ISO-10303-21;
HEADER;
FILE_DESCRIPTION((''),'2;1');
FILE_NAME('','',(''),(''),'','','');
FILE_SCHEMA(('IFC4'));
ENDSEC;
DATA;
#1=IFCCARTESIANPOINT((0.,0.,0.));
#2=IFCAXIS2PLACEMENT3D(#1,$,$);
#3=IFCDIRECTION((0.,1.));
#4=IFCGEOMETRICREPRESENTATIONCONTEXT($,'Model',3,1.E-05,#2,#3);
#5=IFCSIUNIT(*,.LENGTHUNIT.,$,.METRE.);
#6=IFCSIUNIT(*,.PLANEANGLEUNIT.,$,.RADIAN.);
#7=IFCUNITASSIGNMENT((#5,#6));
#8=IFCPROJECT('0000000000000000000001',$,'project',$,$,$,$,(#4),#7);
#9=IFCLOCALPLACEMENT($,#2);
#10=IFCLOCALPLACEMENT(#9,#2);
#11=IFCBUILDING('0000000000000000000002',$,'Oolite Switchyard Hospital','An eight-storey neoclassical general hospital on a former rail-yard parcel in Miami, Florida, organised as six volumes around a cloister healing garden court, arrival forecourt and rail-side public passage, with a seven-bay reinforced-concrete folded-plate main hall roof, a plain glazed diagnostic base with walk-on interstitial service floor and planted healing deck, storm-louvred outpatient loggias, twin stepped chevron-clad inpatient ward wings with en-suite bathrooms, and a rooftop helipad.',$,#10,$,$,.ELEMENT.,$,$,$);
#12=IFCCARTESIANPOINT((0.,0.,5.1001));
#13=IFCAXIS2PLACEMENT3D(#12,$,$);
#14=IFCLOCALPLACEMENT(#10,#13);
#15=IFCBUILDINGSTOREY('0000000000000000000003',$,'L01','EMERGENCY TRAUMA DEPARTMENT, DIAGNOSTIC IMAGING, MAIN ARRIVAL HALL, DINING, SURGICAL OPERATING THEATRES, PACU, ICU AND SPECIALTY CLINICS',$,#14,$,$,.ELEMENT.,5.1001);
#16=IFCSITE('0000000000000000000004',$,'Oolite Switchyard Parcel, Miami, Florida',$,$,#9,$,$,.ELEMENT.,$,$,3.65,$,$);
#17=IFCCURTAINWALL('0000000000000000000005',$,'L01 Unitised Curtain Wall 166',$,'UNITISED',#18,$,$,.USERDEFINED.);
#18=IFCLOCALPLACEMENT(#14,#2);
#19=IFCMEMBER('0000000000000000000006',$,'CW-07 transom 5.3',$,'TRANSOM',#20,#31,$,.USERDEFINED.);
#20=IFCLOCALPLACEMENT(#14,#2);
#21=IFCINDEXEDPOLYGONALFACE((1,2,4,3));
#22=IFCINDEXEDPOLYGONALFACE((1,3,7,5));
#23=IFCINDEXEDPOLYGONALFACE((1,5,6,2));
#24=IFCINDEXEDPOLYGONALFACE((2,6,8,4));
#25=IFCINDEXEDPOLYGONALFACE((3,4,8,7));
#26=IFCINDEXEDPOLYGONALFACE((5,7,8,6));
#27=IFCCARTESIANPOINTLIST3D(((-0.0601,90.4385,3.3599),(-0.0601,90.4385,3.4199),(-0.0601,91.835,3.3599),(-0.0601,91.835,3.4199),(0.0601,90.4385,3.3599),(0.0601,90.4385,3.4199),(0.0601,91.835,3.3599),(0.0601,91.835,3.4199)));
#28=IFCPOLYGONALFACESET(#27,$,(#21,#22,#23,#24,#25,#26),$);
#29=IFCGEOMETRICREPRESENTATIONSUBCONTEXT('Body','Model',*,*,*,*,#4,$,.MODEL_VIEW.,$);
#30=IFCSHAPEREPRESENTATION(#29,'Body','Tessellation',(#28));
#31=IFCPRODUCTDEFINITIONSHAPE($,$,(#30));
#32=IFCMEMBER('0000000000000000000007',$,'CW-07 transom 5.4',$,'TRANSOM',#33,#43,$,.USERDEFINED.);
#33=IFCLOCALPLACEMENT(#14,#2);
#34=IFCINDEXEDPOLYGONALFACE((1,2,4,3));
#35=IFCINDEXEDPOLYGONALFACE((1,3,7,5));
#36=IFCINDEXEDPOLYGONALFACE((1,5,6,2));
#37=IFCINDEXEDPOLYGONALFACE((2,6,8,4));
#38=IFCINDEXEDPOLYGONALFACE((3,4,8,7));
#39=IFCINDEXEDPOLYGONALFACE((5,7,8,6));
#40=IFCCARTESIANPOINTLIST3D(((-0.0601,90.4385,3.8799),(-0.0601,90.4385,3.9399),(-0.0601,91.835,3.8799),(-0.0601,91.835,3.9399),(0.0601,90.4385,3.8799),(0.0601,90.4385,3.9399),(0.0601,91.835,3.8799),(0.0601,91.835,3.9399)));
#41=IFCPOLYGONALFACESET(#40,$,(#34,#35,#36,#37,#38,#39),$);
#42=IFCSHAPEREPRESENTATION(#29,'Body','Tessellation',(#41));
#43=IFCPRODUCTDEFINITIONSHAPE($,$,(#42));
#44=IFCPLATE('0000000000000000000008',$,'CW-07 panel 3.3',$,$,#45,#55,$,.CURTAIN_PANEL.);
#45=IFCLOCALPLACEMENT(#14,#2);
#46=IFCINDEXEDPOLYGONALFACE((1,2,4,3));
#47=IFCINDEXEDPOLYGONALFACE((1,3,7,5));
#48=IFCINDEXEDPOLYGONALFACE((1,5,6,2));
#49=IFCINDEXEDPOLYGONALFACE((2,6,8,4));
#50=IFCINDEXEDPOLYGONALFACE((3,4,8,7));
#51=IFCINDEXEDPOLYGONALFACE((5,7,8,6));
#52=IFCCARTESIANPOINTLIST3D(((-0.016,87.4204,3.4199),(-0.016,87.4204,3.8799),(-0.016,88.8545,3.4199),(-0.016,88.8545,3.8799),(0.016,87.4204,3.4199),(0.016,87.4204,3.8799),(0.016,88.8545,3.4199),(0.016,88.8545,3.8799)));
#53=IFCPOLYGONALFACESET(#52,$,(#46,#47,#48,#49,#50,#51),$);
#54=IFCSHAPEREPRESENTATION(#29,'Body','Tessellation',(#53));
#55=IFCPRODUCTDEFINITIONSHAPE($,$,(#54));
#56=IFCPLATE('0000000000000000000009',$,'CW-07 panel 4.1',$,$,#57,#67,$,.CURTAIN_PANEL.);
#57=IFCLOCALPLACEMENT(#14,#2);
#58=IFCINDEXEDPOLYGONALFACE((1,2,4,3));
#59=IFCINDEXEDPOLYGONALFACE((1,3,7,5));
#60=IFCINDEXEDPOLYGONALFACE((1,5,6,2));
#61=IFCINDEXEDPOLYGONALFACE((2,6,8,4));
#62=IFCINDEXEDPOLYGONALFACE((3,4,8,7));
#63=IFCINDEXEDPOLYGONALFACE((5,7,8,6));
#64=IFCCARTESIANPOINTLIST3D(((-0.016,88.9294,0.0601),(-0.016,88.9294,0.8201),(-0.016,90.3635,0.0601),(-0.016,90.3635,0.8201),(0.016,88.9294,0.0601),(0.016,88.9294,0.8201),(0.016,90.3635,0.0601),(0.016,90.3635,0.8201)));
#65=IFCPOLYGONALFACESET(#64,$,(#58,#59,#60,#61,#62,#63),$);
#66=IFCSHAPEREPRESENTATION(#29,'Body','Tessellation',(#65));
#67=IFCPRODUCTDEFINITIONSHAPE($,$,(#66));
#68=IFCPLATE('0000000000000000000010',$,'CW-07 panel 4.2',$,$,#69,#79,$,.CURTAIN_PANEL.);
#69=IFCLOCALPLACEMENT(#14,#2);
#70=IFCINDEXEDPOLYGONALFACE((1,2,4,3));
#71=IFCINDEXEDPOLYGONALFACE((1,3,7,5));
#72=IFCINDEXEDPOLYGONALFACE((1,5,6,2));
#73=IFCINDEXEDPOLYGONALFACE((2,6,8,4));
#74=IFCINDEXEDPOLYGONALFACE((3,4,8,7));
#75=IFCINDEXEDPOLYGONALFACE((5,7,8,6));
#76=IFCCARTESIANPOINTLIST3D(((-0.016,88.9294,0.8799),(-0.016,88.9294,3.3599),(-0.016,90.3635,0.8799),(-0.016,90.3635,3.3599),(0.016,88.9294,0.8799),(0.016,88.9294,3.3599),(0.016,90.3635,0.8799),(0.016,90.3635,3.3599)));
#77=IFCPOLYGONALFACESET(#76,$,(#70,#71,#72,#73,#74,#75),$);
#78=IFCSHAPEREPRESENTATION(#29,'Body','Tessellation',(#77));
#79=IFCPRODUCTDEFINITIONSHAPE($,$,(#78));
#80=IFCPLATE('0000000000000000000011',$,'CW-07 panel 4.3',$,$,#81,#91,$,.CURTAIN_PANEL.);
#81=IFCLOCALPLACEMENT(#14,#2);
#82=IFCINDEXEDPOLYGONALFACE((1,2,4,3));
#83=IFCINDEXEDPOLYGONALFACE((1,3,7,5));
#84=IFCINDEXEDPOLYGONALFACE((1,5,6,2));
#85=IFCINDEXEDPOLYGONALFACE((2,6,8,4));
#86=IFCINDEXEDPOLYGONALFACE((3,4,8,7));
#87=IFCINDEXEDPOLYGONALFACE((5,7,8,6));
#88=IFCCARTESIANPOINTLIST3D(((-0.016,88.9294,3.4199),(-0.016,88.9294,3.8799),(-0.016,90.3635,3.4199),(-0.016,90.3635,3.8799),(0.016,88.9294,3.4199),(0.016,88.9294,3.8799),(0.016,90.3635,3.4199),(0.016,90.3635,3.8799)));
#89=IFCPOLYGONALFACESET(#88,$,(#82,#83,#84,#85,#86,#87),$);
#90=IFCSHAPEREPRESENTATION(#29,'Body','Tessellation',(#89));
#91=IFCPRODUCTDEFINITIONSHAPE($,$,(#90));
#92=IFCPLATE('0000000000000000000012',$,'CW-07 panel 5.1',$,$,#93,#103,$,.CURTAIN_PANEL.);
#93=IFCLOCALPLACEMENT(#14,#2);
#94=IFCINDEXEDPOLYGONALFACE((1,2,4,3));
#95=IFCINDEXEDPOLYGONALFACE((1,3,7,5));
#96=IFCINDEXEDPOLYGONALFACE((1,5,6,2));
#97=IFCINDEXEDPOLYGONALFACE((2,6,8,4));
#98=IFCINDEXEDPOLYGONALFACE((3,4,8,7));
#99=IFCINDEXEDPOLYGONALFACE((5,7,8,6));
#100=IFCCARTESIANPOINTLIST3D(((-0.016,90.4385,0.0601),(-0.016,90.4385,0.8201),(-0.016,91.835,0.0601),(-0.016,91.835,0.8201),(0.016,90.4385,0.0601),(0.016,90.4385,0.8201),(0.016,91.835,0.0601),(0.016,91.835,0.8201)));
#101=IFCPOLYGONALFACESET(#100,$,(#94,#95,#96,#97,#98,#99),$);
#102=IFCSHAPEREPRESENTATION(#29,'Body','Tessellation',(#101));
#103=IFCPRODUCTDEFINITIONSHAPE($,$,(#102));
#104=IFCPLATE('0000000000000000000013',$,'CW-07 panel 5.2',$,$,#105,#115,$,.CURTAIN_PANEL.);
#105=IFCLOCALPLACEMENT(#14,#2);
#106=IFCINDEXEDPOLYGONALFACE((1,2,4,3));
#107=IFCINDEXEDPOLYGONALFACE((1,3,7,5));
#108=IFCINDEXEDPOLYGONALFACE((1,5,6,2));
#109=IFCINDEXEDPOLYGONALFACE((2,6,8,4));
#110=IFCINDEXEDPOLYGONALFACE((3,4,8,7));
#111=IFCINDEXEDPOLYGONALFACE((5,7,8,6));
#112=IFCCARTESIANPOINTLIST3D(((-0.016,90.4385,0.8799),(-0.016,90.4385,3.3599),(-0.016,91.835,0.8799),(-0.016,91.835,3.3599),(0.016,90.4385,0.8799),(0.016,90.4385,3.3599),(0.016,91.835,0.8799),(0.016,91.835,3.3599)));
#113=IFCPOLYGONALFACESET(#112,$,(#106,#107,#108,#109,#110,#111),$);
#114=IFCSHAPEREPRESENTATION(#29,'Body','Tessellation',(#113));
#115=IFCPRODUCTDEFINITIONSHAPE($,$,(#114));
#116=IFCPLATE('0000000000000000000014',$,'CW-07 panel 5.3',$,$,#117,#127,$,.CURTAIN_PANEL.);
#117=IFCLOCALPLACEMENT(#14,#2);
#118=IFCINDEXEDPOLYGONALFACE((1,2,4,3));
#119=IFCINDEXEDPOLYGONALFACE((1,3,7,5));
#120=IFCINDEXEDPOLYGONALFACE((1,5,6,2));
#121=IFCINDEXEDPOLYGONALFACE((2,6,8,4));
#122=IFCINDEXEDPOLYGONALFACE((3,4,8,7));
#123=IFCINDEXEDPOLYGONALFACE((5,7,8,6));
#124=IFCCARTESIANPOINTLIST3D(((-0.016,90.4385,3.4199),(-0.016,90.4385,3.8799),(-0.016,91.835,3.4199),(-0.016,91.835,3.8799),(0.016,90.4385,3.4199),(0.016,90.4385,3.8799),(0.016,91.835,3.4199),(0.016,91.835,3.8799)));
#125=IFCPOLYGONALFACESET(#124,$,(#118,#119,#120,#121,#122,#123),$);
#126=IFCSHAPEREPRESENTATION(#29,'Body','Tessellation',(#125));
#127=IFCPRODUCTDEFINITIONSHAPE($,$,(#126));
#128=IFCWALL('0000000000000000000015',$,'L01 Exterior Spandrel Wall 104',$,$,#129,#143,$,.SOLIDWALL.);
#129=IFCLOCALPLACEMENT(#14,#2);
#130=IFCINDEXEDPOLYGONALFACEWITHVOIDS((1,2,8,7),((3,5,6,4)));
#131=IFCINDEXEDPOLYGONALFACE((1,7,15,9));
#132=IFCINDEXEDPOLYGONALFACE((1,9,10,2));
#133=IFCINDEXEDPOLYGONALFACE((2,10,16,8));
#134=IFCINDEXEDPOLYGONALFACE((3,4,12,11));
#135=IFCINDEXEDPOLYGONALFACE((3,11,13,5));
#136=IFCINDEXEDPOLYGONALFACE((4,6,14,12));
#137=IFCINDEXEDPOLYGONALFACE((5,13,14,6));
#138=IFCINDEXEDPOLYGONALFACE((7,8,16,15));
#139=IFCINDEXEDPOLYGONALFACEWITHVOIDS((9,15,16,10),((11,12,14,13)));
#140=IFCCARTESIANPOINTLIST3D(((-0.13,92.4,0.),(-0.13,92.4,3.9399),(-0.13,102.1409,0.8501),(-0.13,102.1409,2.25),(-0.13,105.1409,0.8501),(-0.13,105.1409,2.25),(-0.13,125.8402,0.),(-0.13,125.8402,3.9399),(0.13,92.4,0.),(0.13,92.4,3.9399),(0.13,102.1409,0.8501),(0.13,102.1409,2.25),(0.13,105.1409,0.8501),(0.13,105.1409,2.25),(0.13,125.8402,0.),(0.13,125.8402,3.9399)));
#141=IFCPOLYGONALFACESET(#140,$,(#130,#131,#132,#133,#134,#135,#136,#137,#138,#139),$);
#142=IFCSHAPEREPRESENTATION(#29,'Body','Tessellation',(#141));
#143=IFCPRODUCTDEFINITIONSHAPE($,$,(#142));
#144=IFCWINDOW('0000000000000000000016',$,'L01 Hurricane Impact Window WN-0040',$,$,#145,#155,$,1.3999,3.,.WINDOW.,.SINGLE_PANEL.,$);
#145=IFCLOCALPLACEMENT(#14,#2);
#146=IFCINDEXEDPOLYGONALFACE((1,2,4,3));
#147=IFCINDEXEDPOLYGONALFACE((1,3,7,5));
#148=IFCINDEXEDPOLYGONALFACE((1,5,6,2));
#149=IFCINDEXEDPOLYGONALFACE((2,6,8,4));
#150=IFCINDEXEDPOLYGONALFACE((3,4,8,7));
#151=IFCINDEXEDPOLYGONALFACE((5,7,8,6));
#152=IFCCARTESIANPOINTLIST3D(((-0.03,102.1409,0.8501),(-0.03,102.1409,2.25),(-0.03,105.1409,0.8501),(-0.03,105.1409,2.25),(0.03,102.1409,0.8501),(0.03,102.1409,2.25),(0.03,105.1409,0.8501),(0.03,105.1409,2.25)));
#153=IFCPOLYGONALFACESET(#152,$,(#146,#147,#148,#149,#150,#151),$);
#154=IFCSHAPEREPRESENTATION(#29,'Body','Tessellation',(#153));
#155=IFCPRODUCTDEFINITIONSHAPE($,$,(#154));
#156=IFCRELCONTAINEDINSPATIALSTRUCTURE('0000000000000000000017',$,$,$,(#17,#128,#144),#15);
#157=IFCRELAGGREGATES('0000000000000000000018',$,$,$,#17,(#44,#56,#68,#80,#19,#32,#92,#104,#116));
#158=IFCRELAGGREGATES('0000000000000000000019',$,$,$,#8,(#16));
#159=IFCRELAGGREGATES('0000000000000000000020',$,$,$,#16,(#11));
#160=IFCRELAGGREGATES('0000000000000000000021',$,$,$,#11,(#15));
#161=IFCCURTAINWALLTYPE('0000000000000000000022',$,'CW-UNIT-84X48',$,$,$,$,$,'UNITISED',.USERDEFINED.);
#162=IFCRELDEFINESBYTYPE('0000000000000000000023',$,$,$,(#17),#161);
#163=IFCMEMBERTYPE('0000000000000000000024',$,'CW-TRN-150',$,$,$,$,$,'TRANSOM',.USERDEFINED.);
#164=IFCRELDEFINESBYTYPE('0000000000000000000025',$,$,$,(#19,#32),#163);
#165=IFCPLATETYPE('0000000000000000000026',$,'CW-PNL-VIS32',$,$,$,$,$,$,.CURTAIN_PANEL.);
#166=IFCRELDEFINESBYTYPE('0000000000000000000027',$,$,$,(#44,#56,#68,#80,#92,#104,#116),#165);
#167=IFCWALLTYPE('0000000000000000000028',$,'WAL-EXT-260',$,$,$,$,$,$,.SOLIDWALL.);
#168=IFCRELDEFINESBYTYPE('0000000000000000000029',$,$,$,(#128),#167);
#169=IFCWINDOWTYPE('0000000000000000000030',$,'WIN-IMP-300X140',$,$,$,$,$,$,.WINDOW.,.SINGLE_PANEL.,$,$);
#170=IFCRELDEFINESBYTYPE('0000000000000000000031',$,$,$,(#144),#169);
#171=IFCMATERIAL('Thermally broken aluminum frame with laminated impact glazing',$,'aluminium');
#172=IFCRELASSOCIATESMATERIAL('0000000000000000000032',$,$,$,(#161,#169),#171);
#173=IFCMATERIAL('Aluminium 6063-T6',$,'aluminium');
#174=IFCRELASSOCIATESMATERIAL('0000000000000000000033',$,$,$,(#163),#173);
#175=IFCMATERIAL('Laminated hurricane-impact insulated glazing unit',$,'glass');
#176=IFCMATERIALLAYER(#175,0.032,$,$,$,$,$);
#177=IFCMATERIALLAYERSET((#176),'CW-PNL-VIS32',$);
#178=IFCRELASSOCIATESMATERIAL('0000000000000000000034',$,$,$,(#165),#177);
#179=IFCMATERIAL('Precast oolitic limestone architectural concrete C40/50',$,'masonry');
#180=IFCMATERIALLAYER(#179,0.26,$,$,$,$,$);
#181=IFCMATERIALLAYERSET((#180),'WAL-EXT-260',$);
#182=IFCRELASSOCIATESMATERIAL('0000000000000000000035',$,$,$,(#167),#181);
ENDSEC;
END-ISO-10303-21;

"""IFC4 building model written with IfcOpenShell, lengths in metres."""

from ifc_helpers import new_model, si_unit, direction, frame, frame_2d, origin, origin_2d, place, context, subcontext, project, spatial, rectangle, extrude, material, layer, layer_set, material_profile, profile_set, type_object, element, fill, aggregate, save


model = new_model("IFC4")

# Units and contexts
model_context = context("Model", 3, precision=1e-05, world=origin(), true_north=direction((0.0, 1.0)))
body_context = subcontext(model_context, "Body", "Model", "MODEL_VIEW")
ifc_project = project(units=[si_unit("LENGTHUNIT", "METRE"), si_unit("PLANEANGLEUNIT", "RADIAN")], contexts=[model_context])

# Site, building, storey
site_placement = place(None, origin())
site = spatial("IfcSite", under=ifc_project, at=site_placement, Name="Oolite Switchyard Parcel, Miami, Florida", CompositionType="ELEMENT", RefElevation=3.65)
building_placement = place(site_placement, origin())
building = spatial("IfcBuilding", under=site, at=building_placement, Name="Oolite Switchyard Hospital", Description="An eight-storey neoclassical general hospital on a former rail-yard parcel in Miami, Florida, organised as six volumes around a cloister healing garden court, arrival forecourt and rail-side public passage, with a seven-bay reinforced-concrete folded-plate main hall roof, a plain glazed diagnostic base with walk-on interstitial service floor and planted healing deck, storm-louvred outpatient loggias, twin stepped chevron-clad inpatient ward wings with en-suite bathrooms, and a rooftop helipad.", CompositionType="ELEMENT")
storey_placement = place(building_placement, frame((0.0, 0.0, 5.1001)))
storey = spatial("IfcBuildingStorey", under=building, at=storey_placement, Name="L01", Description="EMERGENCY TRAUMA DEPARTMENT, DIAGNOSTIC IMAGING, MAIN ARRIVAL HALL, DINING, SURGICAL OPERATING THEATRES, PACU, ICU AND SPECIALTY CLINICS", CompositionType="ELEMENT", Elevation=5.1001)

# Curtain wall, members, plates
ifc_material_1 = material(Name="Thermally broken aluminum frame with laminated impact glazing", Category="aluminium")
curtain_wall_type = type_object("IfcCurtainWallType", Name="CW-UNIT-84X48", ElementType="UNITISED", PredefinedType="USERDEFINED", material=ifc_material_1)
curtain_wall_placement = place(storey_placement, origin())
curtain_wall = element("IfcCurtainWall", 1, at=curtain_wall_placement, inside=storey, type_object=curtain_wall_type, Name="L01 Unitised Curtain Wall 166", ObjectType="UNITISED", PredefinedType="USERDEFINED")
ifc_material_2 = material(Name="Aluminium 6063-T6", Category="aluminium")
ifc_material_profile_1 = material_profile(ifc_material_2, rectangle(XDim=0.1201, YDim=0.0601, at=origin_2d()), Name="CWT60X120")
ifc_profile_set_1 = profile_set([ifc_material_profile_1], Name="Aluminium 6063-T6")
member_type_1 = type_object("IfcMemberType", Name="CW-TRN-150", ElementType="TRANSOM", PredefinedType="USERDEFINED", material=ifc_profile_set_1)
member_1_placement = place(storey_placement, frame((0.0, 90.4385, 3.3899), z_axis=(0.0, 1.0, 0.0), x_axis=(-1.0, 0.0, 0.0)))
member_1 = element("IfcMember", 2, at=member_1_placement, type_object=member_type_1, Name="CW-07 transom 5.3", ObjectType="TRANSOM", PredefinedType="USERDEFINED", context=body_context, shape_type="SweptSolid", body=[
    extrude(rectangle(XDim=0.1201, YDim=0.0601, at=origin_2d()), origin(), (0.0, 0.0, 1.0), 1.3965),
])
member_2_placement = place(storey_placement, frame((0.0, 90.4385, 3.9099), z_axis=(0.0, 1.0, 0.0), x_axis=(-1.0, 0.0, 0.0)))
member_2 = element("IfcMember", 3, at=member_2_placement, type_object=member_type_1, Name="CW-07 transom 5.4", ObjectType="TRANSOM", PredefinedType="USERDEFINED", context=body_context, shape_type="SweptSolid", body=[
    extrude(rectangle(XDim=0.1201, YDim=0.0601, at=origin_2d()), origin(), (0.0, 0.0, 1.0), 1.3965),
])
ifc_material_3 = material(Name="Laminated hurricane-impact insulated glazing unit", Category="glass")
ifc_layer_1 = layer(ifc_material_3, 0.032)
ifc_layer_set_1 = layer_set([ifc_layer_1], Name="CW-PNL-VIS32")
plate_type = type_object("IfcPlateType", Name="CW-PNL-VIS32", PredefinedType="CURTAIN_PANEL", material=ifc_layer_set_1)
plate_1_placement = place(storey_placement, frame((0.0, 88.1375, 3.4199), z_axis=(0.0, 0.0, 1.0), x_axis=(0.0, 1.0, 0.0)))
plate_1 = element("IfcPlate", 4, at=plate_1_placement, type_object=plate_type, Name="CW-07 panel 3.3", PredefinedType="CURTAIN_PANEL", context=body_context, shape_type="SweptSolid", body=[
    extrude(rectangle(XDim=1.4341, YDim=0.032, at=origin_2d()), origin(), (0.0, 0.0, 1.0), 0.46),
])
plate_2_placement = place(storey_placement, frame((0.0, 89.6465, 0.0601), z_axis=(0.0, 0.0, 1.0), x_axis=(0.0, 1.0, 0.0)))
plate_2 = element("IfcPlate", 5, at=plate_2_placement, type_object=plate_type, Name="CW-07 panel 4.1", PredefinedType="CURTAIN_PANEL", context=body_context, shape_type="SweptSolid", body=[
    extrude(rectangle(XDim=1.4341, YDim=0.032, at=origin_2d()), origin(), (0.0, 0.0, 1.0), 0.76),
])
plate_3_placement = place(storey_placement, frame((0.0, 89.6465, 0.8799), z_axis=(0.0, 0.0, 1.0), x_axis=(0.0, 1.0, 0.0)))
plate_3 = element("IfcPlate", 6, at=plate_3_placement, type_object=plate_type, Name="CW-07 panel 4.2", PredefinedType="CURTAIN_PANEL", context=body_context, shape_type="SweptSolid", body=[
    extrude(rectangle(XDim=1.4341, YDim=0.032, at=origin_2d()), origin(), (0.0, 0.0, 1.0), 2.48),
])
plate_4_placement = place(storey_placement, frame((0.0, 89.6465, 3.4199), z_axis=(0.0, 0.0, 1.0), x_axis=(0.0, 1.0, 0.0)))
plate_4 = element("IfcPlate", 7, at=plate_4_placement, type_object=plate_type, Name="CW-07 panel 4.3", PredefinedType="CURTAIN_PANEL", context=body_context, shape_type="SweptSolid", body=[
    extrude(rectangle(XDim=1.4341, YDim=0.032, at=origin_2d()), origin(), (0.0, 0.0, 1.0), 0.46),
])
plate_5_placement = place(storey_placement, frame((0.0, 91.1367, 0.0601), z_axis=(0.0, 0.0, 1.0), x_axis=(0.0, 1.0, 0.0)))
plate_5 = element("IfcPlate", 8, at=plate_5_placement, type_object=plate_type, Name="CW-07 panel 5.1", PredefinedType="CURTAIN_PANEL", context=body_context, shape_type="SweptSolid", body=[
    extrude(rectangle(XDim=1.3965, YDim=0.032, at=origin_2d()), origin(), (0.0, 0.0, 1.0), 0.76),
])
plate_6_placement = place(storey_placement, frame((0.0, 91.1367, 0.8799), z_axis=(0.0, 0.0, 1.0), x_axis=(0.0, 1.0, 0.0)))
plate_6 = element("IfcPlate", 9, at=plate_6_placement, type_object=plate_type, Name="CW-07 panel 5.2", PredefinedType="CURTAIN_PANEL", context=body_context, shape_type="SweptSolid", body=[
    extrude(rectangle(XDim=1.3965, YDim=0.032, at=origin_2d()), origin(), (0.0, 0.0, 1.0), 2.48),
])
plate_7_placement = place(storey_placement, frame((0.0, 91.1367, 3.4199), z_axis=(0.0, 0.0, 1.0), x_axis=(0.0, 1.0, 0.0)))
plate_7 = element("IfcPlate", 10, at=plate_7_placement, type_object=plate_type, Name="CW-07 panel 5.3", PredefinedType="CURTAIN_PANEL", context=body_context, shape_type="SweptSolid", body=[
    extrude(rectangle(XDim=1.3965, YDim=0.032, at=origin_2d()), origin(), (0.0, 0.0, 1.0), 0.46),
])
aggregate(curtain_wall, [plate_1, plate_2, plate_3, plate_4, member_1, member_2, plate_5, plate_6, plate_7])

# Wall, opening, window
ifc_material_4 = material(Name="Precast oolitic limestone architectural concrete C40/50", Category="masonry")
ifc_layer_2 = layer(ifc_material_4, 0.26)
ifc_layer_set_2 = layer_set([ifc_layer_2], Name="WAL-EXT-260")
wall_type = type_object("IfcWallType", Name="WAL-EXT-260", PredefinedType="SOLIDWALL", material=ifc_layer_set_2)
wall_placement = place(storey_placement, frame((0.0, 92.3999, 0.0), z_axis=(0.0, 0.0, 1.0), x_axis=(0.0, 1.0, 0.0)))
wall = element("IfcWall", 11, at=wall_placement, inside=storey, type_object=wall_type, Name="L01 Exterior Spandrel Wall 104", PredefinedType="SOLIDWALL", context=body_context, shape_type="SweptSolid", body=[
    extrude(rectangle(XDim=33.4402, YDim=0.26, at=frame_2d((16.7202, 0.0))), origin(), (0.0, 0.0, 1.0), 3.9399),
])
opening_placement = place(wall_placement, frame((9.741, 0.0, 0.8501)))
opening = element("IfcOpeningElement", 12, at=opening_placement, cuts=wall, PredefinedType="OPENING", context=body_context, shape_type="SweptSolid", body=[
    extrude(rectangle(XDim=3.0, YDim=1.3999, at=frame_2d((1.5, 0.7))), frame((0.0, 0.1401, 0.0), z_axis=(0.0, -1.0, 0.0), x_axis=(1.0, 0.0, 0.0)), (0.0, 0.0, 1.0), 0.28),
])
window_type = type_object("IfcWindowType", Name="WIN-IMP-300X140", PartitioningType="SINGLE_PANEL", PredefinedType="WINDOW", material=ifc_material_1)
window_placement = place(opening_placement, origin())
window = element("IfcWindow", 13, at=window_placement, inside=storey, type_object=window_type, Name="L01 Hurricane Impact Window WN-0040", OverallHeight=1.3999, OverallWidth=3.0, PartitioningType="SINGLE_PANEL", PredefinedType="WINDOW", context=body_context, shape_type="SweptSolid", body=[
    extrude(rectangle(XDim=3.0, YDim=1.3999, at=frame_2d((1.5, 0.7))), frame((0.0, 0.03, 0.0), z_axis=(0.0, -1.0, 0.0), x_axis=(1.0, 0.0, 0.0)), (0.0, 0.0, 1.0), 0.0601),
])
fill(opening, window)

save(model, "model.ifc")
